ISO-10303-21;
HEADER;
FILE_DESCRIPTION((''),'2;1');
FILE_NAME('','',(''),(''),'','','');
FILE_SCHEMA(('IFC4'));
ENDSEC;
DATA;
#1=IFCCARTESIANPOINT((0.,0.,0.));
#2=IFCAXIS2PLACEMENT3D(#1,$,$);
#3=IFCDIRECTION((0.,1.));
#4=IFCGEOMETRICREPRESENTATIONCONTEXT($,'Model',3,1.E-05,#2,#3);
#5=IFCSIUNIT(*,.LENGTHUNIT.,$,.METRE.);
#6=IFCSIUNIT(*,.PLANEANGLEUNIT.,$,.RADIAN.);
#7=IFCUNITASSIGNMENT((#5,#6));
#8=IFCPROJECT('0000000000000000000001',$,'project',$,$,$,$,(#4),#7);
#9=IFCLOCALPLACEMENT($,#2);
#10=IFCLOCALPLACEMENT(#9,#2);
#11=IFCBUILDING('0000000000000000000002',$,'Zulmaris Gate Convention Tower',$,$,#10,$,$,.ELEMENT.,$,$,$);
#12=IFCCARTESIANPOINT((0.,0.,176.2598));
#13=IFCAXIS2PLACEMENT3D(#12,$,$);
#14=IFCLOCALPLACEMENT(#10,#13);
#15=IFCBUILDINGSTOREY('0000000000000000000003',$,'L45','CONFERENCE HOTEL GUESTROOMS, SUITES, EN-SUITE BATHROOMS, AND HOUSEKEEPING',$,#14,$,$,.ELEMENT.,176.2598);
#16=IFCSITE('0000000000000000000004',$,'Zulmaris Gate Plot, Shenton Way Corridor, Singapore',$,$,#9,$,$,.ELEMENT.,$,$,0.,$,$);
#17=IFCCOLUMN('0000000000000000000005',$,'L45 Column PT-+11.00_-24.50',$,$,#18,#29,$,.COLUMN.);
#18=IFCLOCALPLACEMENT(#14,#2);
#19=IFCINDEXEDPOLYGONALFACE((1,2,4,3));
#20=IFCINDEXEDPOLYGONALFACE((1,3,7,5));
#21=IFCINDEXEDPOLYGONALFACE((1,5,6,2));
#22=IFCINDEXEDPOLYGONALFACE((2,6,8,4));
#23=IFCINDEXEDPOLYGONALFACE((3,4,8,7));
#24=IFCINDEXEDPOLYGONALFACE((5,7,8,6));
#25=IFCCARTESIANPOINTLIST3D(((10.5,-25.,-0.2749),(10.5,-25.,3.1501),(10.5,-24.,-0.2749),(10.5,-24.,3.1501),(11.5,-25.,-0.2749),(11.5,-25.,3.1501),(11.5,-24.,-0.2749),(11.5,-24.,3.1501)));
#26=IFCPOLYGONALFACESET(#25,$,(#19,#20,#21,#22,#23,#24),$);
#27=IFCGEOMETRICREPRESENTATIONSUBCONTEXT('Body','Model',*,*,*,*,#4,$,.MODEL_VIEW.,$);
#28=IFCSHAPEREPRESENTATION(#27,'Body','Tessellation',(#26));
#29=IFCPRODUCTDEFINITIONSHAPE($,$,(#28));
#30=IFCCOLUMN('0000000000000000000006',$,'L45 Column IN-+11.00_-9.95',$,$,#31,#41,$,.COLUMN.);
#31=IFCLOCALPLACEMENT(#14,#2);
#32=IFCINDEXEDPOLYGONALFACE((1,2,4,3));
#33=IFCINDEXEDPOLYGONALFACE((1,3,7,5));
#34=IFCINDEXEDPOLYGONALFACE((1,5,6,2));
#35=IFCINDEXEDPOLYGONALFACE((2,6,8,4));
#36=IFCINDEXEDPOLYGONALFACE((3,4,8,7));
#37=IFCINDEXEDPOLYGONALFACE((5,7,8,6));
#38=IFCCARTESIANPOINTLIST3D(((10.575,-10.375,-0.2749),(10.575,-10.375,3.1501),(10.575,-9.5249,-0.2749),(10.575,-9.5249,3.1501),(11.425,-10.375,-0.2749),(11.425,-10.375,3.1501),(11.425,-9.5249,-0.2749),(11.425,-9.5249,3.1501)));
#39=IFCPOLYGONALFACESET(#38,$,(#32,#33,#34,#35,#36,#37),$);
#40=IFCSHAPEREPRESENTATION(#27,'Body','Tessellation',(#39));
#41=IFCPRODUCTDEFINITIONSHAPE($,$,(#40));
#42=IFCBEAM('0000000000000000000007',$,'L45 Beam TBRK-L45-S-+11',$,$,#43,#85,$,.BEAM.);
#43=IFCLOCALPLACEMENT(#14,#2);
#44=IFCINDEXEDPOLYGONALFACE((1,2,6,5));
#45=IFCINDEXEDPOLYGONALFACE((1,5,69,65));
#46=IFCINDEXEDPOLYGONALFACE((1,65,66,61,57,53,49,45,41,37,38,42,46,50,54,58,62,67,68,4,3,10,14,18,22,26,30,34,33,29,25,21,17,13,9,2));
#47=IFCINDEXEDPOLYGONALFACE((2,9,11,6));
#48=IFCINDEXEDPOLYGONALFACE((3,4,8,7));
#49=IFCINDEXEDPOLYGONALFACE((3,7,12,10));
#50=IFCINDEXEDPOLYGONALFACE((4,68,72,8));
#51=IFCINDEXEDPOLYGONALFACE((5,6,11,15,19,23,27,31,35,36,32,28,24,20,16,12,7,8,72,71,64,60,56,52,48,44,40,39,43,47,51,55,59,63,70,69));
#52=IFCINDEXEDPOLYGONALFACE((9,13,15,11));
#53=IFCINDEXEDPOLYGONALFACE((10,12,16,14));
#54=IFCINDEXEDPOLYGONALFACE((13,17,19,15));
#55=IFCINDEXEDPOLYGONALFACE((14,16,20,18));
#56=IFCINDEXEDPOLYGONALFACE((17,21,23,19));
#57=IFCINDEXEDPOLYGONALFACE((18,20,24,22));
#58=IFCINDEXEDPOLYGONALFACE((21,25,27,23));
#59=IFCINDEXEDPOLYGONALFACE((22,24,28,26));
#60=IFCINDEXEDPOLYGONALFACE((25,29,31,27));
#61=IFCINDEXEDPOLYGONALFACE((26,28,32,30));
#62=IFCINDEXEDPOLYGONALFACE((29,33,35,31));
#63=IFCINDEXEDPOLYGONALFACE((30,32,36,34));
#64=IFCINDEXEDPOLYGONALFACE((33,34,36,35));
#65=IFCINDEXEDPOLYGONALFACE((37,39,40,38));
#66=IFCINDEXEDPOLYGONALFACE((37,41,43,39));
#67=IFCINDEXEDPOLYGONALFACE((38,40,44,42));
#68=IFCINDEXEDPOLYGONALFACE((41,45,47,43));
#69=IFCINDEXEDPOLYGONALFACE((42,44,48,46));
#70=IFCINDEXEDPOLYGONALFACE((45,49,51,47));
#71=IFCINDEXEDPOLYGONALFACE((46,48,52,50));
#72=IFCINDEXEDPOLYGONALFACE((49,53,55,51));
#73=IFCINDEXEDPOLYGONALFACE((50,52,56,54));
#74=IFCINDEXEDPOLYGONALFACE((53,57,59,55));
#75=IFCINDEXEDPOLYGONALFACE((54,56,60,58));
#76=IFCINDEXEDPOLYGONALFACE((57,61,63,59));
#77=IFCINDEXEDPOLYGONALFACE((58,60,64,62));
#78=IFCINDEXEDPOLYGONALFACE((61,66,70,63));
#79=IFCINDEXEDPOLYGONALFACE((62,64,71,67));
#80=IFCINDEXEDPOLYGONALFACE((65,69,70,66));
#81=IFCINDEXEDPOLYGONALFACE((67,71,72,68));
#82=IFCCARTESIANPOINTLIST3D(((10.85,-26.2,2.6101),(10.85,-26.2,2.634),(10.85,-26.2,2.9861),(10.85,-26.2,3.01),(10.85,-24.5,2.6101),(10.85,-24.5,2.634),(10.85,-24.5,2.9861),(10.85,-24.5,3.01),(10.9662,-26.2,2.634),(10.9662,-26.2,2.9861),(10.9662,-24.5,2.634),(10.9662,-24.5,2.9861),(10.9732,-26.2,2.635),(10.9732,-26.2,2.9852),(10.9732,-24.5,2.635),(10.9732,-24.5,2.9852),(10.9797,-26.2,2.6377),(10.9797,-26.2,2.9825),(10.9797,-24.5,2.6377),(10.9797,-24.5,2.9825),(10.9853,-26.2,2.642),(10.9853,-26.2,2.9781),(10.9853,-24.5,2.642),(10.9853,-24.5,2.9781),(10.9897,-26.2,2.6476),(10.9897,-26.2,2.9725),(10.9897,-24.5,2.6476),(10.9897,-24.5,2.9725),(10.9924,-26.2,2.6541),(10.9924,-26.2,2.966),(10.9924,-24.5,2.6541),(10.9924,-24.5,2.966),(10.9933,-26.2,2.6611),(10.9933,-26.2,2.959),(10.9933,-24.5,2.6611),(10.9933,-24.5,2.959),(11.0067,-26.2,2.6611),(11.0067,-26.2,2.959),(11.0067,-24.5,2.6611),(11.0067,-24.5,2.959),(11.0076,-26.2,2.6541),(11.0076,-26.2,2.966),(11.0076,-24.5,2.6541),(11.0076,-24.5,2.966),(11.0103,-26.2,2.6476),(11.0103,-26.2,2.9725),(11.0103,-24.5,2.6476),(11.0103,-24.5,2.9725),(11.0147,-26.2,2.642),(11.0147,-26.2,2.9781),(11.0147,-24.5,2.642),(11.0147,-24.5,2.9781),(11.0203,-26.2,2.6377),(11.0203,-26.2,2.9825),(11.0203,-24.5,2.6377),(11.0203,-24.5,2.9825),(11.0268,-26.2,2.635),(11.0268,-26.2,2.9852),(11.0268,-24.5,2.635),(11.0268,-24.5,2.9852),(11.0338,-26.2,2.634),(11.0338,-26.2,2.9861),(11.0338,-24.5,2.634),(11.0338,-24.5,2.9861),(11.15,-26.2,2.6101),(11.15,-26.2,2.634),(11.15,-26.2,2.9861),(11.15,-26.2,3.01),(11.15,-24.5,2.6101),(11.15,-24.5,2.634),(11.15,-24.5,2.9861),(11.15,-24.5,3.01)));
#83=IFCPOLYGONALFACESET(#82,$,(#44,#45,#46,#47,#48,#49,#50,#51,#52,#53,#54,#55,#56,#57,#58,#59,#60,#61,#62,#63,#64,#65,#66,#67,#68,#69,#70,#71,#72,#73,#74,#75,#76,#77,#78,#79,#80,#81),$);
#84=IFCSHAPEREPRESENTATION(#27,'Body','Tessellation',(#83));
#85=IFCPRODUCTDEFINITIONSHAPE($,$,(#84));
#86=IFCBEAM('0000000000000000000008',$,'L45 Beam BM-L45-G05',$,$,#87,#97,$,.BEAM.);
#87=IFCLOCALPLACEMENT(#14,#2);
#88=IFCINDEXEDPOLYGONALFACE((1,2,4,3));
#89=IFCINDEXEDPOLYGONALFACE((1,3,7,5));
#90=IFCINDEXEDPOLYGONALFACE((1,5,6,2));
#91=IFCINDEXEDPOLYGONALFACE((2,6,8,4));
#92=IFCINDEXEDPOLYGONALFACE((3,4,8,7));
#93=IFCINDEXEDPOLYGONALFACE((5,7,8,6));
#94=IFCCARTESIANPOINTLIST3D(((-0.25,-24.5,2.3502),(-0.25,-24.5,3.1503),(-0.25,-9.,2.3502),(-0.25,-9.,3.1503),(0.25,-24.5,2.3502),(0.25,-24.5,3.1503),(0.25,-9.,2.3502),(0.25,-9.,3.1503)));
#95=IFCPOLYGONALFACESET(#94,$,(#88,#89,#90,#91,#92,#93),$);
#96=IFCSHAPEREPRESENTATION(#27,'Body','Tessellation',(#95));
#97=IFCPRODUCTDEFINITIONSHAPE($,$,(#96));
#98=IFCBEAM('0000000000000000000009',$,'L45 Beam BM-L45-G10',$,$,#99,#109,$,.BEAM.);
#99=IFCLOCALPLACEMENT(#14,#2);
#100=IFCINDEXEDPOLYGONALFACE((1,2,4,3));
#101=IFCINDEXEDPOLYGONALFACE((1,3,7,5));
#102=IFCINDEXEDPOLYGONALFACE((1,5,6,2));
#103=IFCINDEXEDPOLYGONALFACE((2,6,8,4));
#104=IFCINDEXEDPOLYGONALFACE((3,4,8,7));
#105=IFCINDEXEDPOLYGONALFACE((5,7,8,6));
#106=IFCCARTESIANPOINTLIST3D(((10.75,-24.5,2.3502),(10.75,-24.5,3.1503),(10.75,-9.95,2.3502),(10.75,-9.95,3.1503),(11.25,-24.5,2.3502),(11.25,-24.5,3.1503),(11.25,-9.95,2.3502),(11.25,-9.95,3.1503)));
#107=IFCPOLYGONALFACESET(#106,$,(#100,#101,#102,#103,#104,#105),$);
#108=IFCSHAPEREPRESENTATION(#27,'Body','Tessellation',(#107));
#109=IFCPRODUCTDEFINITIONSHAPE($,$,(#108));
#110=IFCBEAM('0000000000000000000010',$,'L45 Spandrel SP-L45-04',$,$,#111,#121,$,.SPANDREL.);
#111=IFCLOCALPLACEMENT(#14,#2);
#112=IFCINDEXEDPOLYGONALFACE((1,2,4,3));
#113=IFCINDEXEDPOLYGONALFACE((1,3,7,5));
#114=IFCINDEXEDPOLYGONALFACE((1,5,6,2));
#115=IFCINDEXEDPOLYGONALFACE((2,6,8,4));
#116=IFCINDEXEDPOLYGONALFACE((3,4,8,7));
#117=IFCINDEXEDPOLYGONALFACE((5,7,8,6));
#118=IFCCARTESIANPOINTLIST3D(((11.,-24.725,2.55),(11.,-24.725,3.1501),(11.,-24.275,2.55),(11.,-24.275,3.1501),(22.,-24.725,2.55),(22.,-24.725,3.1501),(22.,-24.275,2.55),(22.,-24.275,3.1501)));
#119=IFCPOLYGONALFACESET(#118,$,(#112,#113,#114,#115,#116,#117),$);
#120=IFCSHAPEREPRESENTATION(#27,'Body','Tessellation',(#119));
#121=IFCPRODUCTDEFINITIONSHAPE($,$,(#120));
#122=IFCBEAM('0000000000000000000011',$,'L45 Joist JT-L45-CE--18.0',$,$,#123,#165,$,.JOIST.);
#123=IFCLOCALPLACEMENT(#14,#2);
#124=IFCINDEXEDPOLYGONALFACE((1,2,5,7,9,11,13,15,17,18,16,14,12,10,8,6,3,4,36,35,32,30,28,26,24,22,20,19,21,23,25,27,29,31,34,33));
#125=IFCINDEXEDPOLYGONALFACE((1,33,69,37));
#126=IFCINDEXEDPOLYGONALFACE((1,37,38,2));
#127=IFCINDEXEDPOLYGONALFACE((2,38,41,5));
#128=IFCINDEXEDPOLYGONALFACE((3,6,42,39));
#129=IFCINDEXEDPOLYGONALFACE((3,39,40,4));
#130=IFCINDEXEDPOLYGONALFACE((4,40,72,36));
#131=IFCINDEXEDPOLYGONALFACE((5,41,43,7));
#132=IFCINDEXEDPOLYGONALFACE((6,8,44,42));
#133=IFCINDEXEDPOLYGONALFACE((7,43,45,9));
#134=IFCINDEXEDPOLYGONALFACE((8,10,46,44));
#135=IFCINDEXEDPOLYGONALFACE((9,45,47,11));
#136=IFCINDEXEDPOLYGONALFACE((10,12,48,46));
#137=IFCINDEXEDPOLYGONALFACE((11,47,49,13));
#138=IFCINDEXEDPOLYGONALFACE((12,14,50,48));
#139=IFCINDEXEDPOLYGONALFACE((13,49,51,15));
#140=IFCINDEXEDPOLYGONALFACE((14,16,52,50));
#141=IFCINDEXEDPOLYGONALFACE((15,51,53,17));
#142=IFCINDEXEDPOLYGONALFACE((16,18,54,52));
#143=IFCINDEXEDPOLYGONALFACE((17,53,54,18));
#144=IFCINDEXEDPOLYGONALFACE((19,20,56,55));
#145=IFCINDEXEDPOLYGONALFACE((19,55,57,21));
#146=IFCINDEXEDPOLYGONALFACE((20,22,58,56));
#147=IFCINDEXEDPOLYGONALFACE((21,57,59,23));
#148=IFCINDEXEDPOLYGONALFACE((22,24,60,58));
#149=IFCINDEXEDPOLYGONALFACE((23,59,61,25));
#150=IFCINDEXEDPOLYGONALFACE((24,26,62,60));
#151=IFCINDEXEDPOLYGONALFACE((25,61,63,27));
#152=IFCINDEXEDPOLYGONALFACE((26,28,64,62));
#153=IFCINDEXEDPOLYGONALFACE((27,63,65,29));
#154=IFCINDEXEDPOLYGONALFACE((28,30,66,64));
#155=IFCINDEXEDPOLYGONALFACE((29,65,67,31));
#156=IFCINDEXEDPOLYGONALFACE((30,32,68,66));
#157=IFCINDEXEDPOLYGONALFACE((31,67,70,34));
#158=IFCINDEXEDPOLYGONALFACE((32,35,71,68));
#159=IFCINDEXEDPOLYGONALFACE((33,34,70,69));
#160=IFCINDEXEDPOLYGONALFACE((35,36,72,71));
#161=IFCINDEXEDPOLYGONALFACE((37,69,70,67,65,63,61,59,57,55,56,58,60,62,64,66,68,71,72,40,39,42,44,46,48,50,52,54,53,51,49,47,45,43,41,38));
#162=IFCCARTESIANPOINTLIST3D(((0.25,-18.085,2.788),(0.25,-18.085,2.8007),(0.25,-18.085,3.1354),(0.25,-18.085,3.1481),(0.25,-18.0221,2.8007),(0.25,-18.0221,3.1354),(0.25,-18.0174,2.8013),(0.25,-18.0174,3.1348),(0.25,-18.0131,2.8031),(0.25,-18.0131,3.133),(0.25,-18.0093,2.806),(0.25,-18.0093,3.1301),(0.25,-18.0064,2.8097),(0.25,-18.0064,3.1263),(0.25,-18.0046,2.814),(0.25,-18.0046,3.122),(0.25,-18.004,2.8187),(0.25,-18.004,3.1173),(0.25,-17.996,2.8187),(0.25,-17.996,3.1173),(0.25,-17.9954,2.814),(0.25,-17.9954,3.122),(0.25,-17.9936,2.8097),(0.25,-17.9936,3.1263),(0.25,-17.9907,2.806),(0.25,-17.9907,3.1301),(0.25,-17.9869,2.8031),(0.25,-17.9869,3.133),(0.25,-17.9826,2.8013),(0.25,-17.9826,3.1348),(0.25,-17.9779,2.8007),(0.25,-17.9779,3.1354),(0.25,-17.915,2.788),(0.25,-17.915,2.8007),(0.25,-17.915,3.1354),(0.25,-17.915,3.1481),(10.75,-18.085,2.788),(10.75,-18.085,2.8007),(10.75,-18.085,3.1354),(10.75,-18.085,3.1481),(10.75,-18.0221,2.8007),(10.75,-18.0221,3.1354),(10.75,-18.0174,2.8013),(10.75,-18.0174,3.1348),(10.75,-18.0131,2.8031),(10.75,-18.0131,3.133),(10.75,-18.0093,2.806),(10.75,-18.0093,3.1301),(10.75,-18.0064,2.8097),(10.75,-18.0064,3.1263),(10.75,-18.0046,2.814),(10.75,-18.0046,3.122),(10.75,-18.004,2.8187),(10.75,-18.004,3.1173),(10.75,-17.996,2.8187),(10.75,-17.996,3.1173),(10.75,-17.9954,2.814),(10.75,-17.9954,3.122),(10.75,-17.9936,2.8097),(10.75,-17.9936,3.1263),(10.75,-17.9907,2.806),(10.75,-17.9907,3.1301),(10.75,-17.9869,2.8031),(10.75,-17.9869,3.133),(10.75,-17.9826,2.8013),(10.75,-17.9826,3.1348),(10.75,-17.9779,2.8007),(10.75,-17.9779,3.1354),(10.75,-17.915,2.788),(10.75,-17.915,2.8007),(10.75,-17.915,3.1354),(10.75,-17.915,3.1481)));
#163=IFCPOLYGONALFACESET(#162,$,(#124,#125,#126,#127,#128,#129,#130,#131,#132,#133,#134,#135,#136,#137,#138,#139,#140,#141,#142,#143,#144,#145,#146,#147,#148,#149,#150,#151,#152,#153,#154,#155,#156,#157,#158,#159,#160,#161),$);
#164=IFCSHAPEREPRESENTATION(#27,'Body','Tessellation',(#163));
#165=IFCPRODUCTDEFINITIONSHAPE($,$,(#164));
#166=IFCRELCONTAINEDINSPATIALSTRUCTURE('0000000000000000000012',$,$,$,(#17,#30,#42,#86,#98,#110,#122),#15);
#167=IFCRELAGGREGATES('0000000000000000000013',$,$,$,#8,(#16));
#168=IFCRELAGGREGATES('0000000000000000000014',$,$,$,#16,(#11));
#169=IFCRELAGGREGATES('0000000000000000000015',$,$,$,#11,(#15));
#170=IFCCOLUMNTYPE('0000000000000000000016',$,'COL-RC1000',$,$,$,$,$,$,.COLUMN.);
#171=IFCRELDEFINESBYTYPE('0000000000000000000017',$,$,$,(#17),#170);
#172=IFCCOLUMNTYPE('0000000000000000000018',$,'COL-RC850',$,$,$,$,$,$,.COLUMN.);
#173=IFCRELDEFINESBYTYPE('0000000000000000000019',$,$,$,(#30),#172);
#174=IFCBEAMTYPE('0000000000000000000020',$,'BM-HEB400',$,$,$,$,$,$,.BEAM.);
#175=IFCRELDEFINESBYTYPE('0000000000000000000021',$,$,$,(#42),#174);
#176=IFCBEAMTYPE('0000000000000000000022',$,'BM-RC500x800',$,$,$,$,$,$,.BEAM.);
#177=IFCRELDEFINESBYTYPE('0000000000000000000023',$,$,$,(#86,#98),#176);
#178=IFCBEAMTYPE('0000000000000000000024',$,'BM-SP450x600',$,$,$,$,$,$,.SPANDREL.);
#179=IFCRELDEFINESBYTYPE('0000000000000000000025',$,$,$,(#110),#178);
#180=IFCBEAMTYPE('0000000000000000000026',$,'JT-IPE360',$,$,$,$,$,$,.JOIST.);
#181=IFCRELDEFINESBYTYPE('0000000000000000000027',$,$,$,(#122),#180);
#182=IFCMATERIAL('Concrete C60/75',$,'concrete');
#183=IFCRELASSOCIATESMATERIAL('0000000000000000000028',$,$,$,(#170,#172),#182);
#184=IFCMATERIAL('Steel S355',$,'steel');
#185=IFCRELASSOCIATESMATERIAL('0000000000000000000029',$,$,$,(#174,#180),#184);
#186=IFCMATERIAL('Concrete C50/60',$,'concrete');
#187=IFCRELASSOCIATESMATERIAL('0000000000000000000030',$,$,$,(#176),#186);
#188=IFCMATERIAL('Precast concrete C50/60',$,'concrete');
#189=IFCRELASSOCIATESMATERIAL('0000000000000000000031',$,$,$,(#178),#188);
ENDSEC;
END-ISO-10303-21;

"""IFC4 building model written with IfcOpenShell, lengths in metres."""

from ifc_helpers import new_model, si_unit, direction, frame, origin, origin_2d, place, context, subcontext, project, spatial, rectangle, i_section, extrude, material, material_profile, profile_set, type_object, element, save


model = new_model("IFC4")

# Units and contexts
model_context = context("Model", 3, precision=1e-05, world=origin(), true_north=direction((0.0, 1.0)))
body_context = subcontext(model_context, "Body", "Model", "MODEL_VIEW")
ifc_project = project(units=[si_unit("LENGTHUNIT", "METRE"), si_unit("PLANEANGLEUNIT", "RADIAN")], contexts=[model_context])

# Site, building, storey
site_placement = place(None, origin())
site = spatial("IfcSite", under=ifc_project, at=site_placement, Name="Zulmaris Gate Plot, Shenton Way Corridor, Singapore", CompositionType="ELEMENT", RefElevation=0.0)
building_placement = place(site_placement, origin())
building = spatial("IfcBuilding", under=site, at=building_placement, Name="Zulmaris Gate Convention Tower", CompositionType="ELEMENT")
storey_placement = place(building_placement, frame((0.0, 0.0, 176.2598)))
storey = spatial("IfcBuildingStorey", under=building, at=storey_placement, Name="L45", Description="CONFERENCE HOTEL GUESTROOMS, SUITES, EN-SUITE BATHROOMS, AND HOUSEKEEPING", CompositionType="ELEMENT", Elevation=176.2598)

# Columns
ifc_material_1 = material(Name="Concrete C60/75", Category="concrete")
ifc_material_profile_1 = material_profile(ifc_material_1, rectangle(XDim=1.0, YDim=1.0, at=origin_2d()), Name="RC COL 1000x1000")
ifc_profile_set_1 = profile_set([ifc_material_profile_1], Name="Concrete C60/75")
column_type_1 = type_object("IfcColumnType", Name="COL-RC1000", PredefinedType="COLUMN", material=ifc_profile_set_1)
column_1_placement = place(storey_placement, frame((11.0, -24.5, -0.2749), z_axis=(0.0, 0.0, 1.0), x_axis=(1.0, 0.0, 0.0)))
element("IfcColumn", 1, at=column_1_placement, inside=storey, type_object=column_type_1, Name="L45 Column PT-+11.00_-24.50", PredefinedType="COLUMN", context=body_context, shape_type="SweptSolid", body=[
    extrude(rectangle(XDim=1.0, YDim=1.0, at=origin_2d()), origin(), (0.0, 0.0, 1.0), 3.425),
])
ifc_material_profile_2 = material_profile(ifc_material_1, rectangle(XDim=0.8501, YDim=0.8501, at=origin_2d()), Name="RC COL 850x850")
ifc_profile_set_2 = profile_set([ifc_material_profile_2], Name="Concrete C60/75")
column_type_2 = type_object("IfcColumnType", Name="COL-RC850", PredefinedType="COLUMN", material=ifc_profile_set_2)
column_2_placement = place(storey_placement, frame((11.0, -9.95, -0.2749), z_axis=(0.0, 0.0, 1.0), x_axis=(1.0, 0.0, 0.0)))
element("IfcColumn", 2, at=column_2_placement, inside=storey, type_object=column_type_2, Name="L45 Column IN-+11.00_-9.95", PredefinedType="COLUMN", context=body_context, shape_type="SweptSolid", body=[
    extrude(rectangle(XDim=0.8501, YDim=0.8501, at=origin_2d()), origin(), (0.0, 0.0, 1.0), 3.425),
])

# Beams
ifc_material_2 = material(Name="Steel S355", Category="steel")
ifc_material_profile_3 = material_profile(ifc_material_2, i_section(OverallWidth=0.3, OverallDepth=0.3999, WebThickness=0.0134, FlangeThickness=0.0239, FilletRadius=0.0271, at=origin_2d()), Name="HEB 400")
ifc_profile_set_3 = profile_set([ifc_material_profile_3], Name="Steel S355")
beam_type_1 = type_object("IfcBeamType", Name="BM-HEB400", PredefinedType="BEAM", material=ifc_profile_set_3)
beam_1_placement = place(storey_placement, frame((11.0, -26.2, 2.8101), z_axis=(0.0, 1.0, 0.0), x_axis=(-1.0, 0.0, 0.0)))
element("IfcBeam", 3, at=beam_1_placement, inside=storey, type_object=beam_type_1, Name="L45 Beam TBRK-L45-S-+11", PredefinedType="BEAM", context=body_context, shape_type="SweptSolid", body=[
    extrude(i_section(OverallWidth=0.3, OverallDepth=0.3999, WebThickness=0.0134, FlangeThickness=0.0239, FilletRadius=0.0271, at=origin_2d()), origin(), (0.0, 0.0, 1.0), 1.7),
])
ifc_material_3 = material(Name="Concrete C50/60", Category="concrete")
ifc_material_profile_4 = material_profile(ifc_material_3, rectangle(XDim=0.5, YDim=0.8, at=origin_2d()), Name="RC BEAM 500x800")
ifc_profile_set_4 = profile_set([ifc_material_profile_4], Name="Concrete C50/60")
beam_type_2 = type_object("IfcBeamType", Name="BM-RC500x800", PredefinedType="BEAM", material=ifc_profile_set_4)
beam_2_placement = place(storey_placement, frame((0.0, -24.5, 2.7502), z_axis=(0.0, 1.0, 0.0), x_axis=(-1.0, 0.0, 0.0)))
element("IfcBeam", 4, at=beam_2_placement, inside=storey, type_object=beam_type_2, Name="L45 Beam BM-L45-G05", PredefinedType="BEAM", context=body_context, shape_type="SweptSolid", body=[
    extrude(rectangle(XDim=0.5, YDim=0.8, at=origin_2d()), origin(), (0.0, 0.0, 1.0), 15.5),
])
beam_3_placement = place(storey_placement, frame((11.0, -24.5, 2.7502), z_axis=(0.0, 1.0, 0.0), x_axis=(-1.0, 0.0, 0.0)))
element("IfcBeam", 5, at=beam_3_placement, inside=storey, type_object=beam_type_2, Name="L45 Beam BM-L45-G10", PredefinedType="BEAM", context=body_context, shape_type="SweptSolid", body=[
    extrude(rectangle(XDim=0.5, YDim=0.8, at=origin_2d()), origin(), (0.0, 0.0, 1.0), 14.55),
])
ifc_material_4 = material(Name="Precast concrete C50/60", Category="concrete")
ifc_material_profile_5 = material_profile(ifc_material_4, rectangle(XDim=0.45, YDim=0.6001, at=origin_2d()), Name="RC SPANDREL 450x600")
ifc_profile_set_5 = profile_set([ifc_material_profile_5], Name="Precast concrete C50/60")
beam_type_3 = type_object("IfcBeamType", Name="BM-SP450x600", PredefinedType="SPANDREL", material=ifc_profile_set_5)
beam_4_placement = place(storey_placement, frame((11.0, -24.5, 2.8501), z_axis=(1.0, 0.0, 0.0), x_axis=(0.0, 1.0, 0.0)))
element("IfcBeam", 6, at=beam_4_placement, inside=storey, type_object=beam_type_3, Name="L45 Spandrel SP-L45-04", PredefinedType="SPANDREL", context=body_context, shape_type="SweptSolid", body=[
    extrude(rectangle(XDim=0.45, YDim=0.6001, at=origin_2d()), origin(), (0.0, 0.0, 1.0), 11.0),
])
ifc_material_profile_6 = material_profile(ifc_material_2, i_section(OverallWidth=0.1699, OverallDepth=0.3601, WebThickness=0.0081, FlangeThickness=0.0127, FilletRadius=0.0181, at=origin_2d()), Name="IPE 360")
ifc_profile_set_6 = profile_set([ifc_material_profile_6], Name="Steel S355")
beam_type_4 = type_object("IfcBeamType", Name="JT-IPE360", PredefinedType="JOIST", material=ifc_profile_set_6)
for number, where, z_axis, x_axis, name in (
    (7, (0.25, -18.0, 2.968), (1.0, 0.0, 0.0), (0.0, 1.0, 0.0), "L45 Joist JT-L45-CE--18.0"),
):
    element("IfcBeam", number, at=place(storey_placement, frame(where, z_axis=z_axis, x_axis=x_axis)), inside=storey, type_object=beam_type_4, Name=name, PredefinedType="JOIST", context=body_context, shape_type="SweptSolid", body=[
        extrude(i_section(OverallWidth=0.1699, OverallDepth=0.3601, WebThickness=0.0081, FlangeThickness=0.0127, FilletRadius=0.0181, at=origin_2d()), origin(), (0.0, 0.0, 1.0), 10.5),
    ])

save(model, "model.ifc")
